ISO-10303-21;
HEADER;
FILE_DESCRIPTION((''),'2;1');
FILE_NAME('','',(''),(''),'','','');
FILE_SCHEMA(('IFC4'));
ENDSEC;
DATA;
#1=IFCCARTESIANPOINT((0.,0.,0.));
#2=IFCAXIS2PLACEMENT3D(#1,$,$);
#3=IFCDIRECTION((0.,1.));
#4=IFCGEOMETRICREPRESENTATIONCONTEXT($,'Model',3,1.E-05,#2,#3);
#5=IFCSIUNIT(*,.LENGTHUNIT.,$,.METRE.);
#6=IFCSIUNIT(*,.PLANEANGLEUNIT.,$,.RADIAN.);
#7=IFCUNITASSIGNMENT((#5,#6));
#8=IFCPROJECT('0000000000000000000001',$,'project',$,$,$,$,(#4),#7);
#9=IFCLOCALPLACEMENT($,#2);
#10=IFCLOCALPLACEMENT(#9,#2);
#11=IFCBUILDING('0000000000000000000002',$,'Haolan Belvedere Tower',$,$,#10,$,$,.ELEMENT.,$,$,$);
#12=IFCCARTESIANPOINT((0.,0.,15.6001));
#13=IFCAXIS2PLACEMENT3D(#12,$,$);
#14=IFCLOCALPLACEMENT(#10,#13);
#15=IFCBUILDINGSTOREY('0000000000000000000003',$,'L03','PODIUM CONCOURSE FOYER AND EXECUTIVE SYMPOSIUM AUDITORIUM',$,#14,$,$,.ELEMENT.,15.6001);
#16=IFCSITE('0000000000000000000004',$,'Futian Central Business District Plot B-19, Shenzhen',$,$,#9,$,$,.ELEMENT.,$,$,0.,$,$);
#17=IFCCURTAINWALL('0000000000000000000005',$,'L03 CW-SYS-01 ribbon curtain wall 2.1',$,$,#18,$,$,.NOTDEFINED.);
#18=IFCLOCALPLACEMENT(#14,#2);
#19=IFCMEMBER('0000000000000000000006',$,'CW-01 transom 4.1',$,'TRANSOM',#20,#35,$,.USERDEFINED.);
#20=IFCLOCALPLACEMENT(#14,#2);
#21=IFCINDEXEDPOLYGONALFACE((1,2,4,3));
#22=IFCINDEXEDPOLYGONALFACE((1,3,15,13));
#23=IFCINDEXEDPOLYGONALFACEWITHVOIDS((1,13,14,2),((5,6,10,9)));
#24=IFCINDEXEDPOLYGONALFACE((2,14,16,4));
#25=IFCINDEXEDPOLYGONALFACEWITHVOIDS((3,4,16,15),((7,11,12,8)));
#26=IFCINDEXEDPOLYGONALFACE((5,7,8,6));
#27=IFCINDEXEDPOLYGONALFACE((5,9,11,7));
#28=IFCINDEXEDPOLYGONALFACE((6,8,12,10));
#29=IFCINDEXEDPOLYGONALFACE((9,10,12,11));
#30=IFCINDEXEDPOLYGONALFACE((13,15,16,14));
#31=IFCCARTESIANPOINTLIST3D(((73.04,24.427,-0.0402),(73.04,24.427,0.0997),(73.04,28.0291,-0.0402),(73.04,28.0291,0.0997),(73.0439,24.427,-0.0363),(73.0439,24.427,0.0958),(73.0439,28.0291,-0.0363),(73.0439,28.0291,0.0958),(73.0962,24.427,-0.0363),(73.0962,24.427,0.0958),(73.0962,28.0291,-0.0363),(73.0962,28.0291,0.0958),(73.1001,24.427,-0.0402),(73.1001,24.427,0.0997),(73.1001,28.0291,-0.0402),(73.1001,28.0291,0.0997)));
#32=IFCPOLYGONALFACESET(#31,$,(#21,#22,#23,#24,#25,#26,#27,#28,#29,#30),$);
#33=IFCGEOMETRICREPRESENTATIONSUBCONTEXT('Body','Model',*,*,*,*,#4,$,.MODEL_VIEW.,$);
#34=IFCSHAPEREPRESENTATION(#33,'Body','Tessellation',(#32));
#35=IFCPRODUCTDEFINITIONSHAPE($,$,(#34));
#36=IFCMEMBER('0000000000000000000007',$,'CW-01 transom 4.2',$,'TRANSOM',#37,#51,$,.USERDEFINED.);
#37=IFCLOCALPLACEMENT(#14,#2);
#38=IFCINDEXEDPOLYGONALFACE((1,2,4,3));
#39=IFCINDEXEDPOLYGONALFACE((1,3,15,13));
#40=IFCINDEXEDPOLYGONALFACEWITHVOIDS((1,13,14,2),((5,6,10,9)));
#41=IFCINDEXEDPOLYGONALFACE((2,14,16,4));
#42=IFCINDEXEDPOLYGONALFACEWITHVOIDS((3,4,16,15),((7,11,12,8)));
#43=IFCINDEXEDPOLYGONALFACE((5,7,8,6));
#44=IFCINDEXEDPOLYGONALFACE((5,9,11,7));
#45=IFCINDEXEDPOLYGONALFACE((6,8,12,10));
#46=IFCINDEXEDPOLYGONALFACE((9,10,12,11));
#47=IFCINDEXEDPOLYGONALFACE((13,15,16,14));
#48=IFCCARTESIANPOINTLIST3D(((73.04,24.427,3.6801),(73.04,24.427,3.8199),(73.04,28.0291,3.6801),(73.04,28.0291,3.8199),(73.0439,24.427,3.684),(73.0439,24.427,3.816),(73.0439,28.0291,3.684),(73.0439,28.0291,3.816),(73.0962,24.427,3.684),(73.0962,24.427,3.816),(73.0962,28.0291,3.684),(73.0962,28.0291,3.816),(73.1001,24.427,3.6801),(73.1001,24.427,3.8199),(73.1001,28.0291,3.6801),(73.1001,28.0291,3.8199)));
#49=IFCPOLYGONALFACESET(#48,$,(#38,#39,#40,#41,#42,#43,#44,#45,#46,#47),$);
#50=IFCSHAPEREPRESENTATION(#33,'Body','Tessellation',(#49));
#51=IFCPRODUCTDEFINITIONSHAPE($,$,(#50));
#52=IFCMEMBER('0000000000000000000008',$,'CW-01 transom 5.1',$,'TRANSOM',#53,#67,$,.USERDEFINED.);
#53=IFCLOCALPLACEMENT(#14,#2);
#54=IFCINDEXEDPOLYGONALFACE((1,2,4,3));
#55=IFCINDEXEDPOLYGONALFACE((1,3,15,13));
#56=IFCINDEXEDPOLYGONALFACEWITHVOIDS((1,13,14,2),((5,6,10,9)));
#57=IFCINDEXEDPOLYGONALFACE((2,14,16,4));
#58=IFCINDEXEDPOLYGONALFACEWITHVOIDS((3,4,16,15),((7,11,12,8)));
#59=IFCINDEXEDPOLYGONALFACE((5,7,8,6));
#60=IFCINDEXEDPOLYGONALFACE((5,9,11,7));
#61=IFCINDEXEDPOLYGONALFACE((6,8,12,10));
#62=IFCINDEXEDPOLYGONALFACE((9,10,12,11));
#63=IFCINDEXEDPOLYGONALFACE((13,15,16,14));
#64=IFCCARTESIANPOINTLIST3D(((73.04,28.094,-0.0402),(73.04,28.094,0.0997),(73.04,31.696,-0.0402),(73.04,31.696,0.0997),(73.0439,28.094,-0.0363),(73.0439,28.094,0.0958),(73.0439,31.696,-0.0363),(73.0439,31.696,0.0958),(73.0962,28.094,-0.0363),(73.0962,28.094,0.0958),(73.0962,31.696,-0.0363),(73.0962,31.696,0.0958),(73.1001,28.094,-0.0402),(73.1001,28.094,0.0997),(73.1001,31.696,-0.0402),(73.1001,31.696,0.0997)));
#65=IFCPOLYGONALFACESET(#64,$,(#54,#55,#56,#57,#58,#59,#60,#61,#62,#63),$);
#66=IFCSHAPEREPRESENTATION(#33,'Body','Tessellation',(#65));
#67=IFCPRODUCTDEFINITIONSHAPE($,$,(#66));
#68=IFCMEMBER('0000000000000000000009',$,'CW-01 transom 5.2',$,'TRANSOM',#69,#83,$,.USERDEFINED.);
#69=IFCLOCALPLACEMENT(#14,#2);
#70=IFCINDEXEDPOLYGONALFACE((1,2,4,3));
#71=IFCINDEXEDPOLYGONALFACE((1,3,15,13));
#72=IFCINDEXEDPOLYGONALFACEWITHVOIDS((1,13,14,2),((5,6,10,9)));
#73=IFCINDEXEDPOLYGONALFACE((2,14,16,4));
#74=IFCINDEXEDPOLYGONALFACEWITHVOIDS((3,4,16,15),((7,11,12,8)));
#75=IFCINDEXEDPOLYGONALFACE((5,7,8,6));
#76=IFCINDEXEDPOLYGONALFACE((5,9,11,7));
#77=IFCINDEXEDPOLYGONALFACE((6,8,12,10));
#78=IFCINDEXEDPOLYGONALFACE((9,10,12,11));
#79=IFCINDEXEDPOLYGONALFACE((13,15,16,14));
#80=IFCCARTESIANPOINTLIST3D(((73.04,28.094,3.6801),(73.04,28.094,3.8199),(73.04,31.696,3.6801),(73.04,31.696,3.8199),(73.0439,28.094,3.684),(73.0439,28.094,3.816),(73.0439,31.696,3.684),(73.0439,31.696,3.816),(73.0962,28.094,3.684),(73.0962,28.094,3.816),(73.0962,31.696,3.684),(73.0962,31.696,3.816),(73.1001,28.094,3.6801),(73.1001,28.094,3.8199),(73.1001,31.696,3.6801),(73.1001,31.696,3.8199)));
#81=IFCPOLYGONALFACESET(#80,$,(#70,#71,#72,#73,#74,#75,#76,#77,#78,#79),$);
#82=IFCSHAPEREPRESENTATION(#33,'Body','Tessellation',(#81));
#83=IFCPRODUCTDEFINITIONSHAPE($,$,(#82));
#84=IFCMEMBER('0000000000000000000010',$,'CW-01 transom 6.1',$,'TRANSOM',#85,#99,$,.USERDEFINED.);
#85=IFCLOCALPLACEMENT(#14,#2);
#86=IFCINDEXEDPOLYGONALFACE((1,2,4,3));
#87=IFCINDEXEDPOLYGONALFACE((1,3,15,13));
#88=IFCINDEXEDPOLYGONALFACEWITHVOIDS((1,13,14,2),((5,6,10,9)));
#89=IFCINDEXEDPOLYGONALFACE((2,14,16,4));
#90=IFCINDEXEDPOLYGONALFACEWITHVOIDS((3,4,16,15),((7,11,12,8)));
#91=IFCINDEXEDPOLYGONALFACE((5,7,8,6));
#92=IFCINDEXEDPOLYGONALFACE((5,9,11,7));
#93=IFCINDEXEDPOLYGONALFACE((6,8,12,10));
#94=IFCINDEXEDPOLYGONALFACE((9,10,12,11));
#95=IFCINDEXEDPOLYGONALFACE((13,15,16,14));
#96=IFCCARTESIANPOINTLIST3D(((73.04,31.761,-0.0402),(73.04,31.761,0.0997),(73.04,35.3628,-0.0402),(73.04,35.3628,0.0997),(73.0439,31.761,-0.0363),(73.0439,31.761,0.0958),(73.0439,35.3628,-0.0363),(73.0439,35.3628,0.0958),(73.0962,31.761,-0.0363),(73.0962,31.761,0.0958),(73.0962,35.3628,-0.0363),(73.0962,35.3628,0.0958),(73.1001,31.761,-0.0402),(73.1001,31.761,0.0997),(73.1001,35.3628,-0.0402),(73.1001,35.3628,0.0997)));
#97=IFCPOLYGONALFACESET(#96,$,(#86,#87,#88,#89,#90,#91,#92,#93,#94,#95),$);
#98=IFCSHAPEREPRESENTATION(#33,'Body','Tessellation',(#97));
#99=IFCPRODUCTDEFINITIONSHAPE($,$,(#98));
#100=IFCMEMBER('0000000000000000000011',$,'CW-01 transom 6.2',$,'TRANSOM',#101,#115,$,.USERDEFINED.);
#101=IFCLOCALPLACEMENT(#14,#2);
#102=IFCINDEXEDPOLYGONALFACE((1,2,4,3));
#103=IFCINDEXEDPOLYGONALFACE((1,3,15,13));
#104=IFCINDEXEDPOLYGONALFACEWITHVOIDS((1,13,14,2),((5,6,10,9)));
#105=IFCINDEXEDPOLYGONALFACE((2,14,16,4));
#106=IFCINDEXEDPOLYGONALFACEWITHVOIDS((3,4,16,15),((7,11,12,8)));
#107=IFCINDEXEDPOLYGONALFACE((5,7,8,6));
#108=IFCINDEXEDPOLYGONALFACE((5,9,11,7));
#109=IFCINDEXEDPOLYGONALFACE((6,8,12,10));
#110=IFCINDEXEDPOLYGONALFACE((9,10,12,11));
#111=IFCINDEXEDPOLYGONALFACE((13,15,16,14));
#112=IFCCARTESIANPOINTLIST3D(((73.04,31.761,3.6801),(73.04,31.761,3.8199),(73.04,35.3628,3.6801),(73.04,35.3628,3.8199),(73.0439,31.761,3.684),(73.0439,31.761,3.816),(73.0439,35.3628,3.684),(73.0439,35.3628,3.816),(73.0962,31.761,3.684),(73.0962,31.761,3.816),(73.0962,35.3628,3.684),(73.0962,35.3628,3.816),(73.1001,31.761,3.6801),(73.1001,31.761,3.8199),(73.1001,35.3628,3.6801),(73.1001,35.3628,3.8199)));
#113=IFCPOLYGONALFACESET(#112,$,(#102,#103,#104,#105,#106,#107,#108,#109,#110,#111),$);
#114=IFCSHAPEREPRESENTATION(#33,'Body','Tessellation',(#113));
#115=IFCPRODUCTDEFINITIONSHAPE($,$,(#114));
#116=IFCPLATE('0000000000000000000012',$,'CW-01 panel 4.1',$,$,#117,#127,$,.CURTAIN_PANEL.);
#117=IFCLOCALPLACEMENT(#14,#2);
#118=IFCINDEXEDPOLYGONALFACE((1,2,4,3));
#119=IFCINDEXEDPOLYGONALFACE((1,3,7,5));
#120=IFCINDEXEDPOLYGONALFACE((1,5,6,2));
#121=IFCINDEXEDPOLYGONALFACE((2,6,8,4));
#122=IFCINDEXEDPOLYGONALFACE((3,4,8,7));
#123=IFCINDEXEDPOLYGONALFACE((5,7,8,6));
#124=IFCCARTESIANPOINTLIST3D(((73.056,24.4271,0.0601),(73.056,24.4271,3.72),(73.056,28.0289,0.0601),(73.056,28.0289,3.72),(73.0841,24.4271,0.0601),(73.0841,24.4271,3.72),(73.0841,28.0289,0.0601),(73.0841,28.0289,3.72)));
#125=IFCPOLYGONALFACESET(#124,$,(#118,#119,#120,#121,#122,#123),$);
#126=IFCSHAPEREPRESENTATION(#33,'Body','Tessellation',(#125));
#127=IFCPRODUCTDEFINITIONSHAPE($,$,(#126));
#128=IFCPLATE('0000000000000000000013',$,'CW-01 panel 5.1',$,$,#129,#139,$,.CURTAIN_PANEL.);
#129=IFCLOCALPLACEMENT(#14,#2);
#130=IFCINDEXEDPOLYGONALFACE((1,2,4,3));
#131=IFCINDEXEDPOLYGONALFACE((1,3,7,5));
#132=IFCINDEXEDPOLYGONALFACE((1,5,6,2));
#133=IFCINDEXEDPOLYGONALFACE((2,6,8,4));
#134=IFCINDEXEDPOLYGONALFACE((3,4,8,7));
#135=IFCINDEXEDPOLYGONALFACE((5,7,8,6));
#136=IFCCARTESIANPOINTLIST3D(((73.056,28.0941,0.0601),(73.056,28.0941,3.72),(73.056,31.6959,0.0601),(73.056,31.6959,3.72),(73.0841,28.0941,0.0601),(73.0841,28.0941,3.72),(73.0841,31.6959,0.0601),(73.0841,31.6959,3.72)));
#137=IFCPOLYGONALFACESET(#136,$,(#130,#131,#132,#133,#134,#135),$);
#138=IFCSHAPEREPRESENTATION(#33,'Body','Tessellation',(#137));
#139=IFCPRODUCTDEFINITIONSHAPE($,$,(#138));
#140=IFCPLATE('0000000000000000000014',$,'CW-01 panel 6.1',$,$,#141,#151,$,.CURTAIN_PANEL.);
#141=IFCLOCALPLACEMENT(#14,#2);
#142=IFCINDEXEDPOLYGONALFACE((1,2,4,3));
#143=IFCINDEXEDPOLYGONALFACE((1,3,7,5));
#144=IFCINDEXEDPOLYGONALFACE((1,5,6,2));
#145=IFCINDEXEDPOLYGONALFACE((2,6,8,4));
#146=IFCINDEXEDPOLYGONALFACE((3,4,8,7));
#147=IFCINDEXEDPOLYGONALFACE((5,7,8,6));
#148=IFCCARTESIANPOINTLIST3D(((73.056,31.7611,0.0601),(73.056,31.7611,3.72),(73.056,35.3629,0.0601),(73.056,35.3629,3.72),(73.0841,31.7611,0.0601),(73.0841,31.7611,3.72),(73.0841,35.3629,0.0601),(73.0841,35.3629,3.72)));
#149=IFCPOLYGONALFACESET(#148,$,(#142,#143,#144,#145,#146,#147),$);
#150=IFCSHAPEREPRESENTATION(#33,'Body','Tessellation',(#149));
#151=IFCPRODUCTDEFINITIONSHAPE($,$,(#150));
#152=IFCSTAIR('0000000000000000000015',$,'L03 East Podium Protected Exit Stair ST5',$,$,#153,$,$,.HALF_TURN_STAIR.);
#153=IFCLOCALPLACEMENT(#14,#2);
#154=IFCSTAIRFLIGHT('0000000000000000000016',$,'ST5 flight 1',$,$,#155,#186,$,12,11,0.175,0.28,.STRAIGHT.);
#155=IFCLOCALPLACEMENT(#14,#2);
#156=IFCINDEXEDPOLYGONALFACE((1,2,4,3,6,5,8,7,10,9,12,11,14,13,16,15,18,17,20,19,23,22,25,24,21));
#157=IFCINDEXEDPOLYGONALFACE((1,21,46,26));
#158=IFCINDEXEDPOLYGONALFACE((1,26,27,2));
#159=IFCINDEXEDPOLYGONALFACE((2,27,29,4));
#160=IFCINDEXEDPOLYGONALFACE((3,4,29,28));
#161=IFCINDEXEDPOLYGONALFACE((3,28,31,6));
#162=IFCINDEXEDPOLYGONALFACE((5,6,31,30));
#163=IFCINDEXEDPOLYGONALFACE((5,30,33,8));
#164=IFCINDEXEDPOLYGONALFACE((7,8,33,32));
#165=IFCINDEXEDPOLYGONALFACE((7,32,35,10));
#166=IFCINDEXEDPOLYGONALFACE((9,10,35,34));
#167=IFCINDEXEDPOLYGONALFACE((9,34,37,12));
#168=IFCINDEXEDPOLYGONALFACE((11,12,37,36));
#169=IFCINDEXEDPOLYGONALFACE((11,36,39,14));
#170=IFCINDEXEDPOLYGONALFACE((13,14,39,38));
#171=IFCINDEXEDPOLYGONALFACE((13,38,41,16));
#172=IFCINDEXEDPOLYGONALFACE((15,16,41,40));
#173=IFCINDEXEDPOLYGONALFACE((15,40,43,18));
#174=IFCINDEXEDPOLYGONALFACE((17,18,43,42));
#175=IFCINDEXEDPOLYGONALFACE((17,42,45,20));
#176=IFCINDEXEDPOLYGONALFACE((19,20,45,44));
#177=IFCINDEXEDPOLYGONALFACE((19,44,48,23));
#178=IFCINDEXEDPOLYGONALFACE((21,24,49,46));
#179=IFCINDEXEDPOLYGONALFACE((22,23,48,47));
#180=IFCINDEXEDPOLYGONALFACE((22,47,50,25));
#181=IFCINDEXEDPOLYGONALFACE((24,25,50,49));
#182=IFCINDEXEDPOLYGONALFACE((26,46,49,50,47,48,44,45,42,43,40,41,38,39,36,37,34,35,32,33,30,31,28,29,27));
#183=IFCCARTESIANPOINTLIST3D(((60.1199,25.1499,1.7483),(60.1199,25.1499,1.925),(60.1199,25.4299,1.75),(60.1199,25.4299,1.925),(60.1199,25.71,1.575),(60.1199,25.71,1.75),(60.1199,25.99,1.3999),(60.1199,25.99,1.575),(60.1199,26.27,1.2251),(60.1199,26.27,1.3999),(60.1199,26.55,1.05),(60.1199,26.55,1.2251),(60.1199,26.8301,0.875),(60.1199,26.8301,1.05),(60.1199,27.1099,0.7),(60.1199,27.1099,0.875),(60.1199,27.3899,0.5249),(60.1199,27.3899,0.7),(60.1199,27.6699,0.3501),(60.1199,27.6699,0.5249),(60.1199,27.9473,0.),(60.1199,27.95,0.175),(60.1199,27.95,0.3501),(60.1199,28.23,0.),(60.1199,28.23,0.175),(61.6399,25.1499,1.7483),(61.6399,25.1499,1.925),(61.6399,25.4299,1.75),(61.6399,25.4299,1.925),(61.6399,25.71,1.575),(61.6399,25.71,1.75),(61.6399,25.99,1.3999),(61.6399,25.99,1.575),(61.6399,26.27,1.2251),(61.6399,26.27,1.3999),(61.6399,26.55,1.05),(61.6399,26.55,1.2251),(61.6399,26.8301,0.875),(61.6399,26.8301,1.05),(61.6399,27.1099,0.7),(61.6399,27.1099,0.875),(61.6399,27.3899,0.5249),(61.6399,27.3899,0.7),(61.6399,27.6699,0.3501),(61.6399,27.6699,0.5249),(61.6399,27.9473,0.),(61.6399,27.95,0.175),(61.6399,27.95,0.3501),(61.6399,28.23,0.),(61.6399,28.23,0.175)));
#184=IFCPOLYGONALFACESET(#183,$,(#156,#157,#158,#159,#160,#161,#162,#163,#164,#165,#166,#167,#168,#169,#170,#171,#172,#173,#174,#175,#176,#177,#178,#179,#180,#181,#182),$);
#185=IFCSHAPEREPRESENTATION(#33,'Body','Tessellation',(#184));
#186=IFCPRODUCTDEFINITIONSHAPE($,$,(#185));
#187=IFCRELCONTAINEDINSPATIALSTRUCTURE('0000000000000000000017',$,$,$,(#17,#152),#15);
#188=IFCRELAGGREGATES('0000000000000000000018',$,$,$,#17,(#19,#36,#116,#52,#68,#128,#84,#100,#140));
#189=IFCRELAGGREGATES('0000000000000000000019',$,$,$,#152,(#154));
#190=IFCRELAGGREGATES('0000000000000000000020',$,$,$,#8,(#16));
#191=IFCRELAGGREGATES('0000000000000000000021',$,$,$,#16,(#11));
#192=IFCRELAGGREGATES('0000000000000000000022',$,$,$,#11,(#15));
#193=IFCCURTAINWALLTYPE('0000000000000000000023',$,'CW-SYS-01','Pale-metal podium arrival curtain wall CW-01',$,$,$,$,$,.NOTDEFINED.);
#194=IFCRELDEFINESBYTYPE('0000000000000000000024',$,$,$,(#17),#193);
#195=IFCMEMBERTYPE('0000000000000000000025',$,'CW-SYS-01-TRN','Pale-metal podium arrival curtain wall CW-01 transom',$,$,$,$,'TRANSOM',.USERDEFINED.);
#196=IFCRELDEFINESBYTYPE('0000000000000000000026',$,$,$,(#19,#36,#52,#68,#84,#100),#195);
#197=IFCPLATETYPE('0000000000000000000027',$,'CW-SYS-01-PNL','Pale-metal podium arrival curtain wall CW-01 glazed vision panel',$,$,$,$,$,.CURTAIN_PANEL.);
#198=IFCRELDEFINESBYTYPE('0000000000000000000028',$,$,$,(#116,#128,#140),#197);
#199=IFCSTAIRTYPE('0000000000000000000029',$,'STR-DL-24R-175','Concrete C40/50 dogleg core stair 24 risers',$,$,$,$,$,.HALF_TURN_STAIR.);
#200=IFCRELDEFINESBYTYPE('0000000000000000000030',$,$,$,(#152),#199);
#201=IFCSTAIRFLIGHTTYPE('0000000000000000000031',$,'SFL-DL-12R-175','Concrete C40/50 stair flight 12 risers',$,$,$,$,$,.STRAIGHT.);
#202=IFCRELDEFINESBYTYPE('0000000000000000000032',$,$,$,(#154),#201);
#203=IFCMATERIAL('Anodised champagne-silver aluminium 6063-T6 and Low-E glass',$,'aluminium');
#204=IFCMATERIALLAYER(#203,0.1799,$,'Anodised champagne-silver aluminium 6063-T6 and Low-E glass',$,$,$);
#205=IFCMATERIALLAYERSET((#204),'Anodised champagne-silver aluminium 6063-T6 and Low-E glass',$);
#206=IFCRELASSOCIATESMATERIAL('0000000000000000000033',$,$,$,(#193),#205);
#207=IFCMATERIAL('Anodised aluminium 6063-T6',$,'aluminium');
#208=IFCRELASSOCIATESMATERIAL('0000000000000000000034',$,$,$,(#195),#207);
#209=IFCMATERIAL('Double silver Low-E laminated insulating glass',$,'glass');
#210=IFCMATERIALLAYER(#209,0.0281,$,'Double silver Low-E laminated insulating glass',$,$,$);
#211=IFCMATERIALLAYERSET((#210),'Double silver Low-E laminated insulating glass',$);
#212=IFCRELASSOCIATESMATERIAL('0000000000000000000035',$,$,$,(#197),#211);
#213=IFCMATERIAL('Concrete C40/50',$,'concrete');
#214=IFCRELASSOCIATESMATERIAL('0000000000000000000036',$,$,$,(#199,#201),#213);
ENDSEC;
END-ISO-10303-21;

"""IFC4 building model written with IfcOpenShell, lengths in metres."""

from ifc_helpers import new_model, si_unit, direction, frame, origin, origin_2d, place, context, subcontext, project, spatial, polyline, rectangle, hollow_rectangle, outline, extrude, material, layer, layer_set, material_profile, profile_set, type_object, element, aggregate, save


model = new_model("IFC4")

# Units and contexts
model_context = context("Model", 3, precision=1e-05, world=origin(), true_north=direction((0.0, 1.0)))
body_context = subcontext(model_context, "Body", "Model", "MODEL_VIEW")
ifc_project = project(units=[si_unit("LENGTHUNIT", "METRE"), si_unit("PLANEANGLEUNIT", "RADIAN")], contexts=[model_context])

# Site, building, storey
site_placement = place(None, origin())
site = spatial("IfcSite", under=ifc_project, at=site_placement, Name="Futian Central Business District Plot B-19, Shenzhen", CompositionType="ELEMENT", RefElevation=0.0)
building_placement = place(site_placement, origin())
building = spatial("IfcBuilding", under=site, at=building_placement, Name="Haolan Belvedere Tower", CompositionType="ELEMENT")
storey_placement = place(building_placement, frame((0.0, 0.0, 15.6001)))
storey = spatial("IfcBuildingStorey", under=building, at=storey_placement, Name="L03", Description="PODIUM CONCOURSE FOYER AND EXECUTIVE SYMPOSIUM AUDITORIUM", CompositionType="ELEMENT", Elevation=15.6001)

# Curtain wall, members, plates
ifc_material_1 = material(Name="Anodised champagne-silver aluminium 6063-T6 and Low-E glass", Category="aluminium")
ifc_layer_1 = layer(ifc_material_1, 0.1799, Name="Anodised champagne-silver aluminium 6063-T6 and Low-E glass")
ifc_layer_set_1 = layer_set([ifc_layer_1], Name="Anodised champagne-silver aluminium 6063-T6 and Low-E glass")
curtain_wall_type = type_object("IfcCurtainWallType", Name="CW-SYS-01", Description="Pale-metal podium arrival curtain wall CW-01", PredefinedType="NOTDEFINED", material=ifc_layer_set_1)
curtain_wall_placement = place(storey_placement, origin())
curtain_wall = element("IfcCurtainWall", 1, at=curtain_wall_placement, inside=storey, type_object=curtain_wall_type, Name="L03 CW-SYS-01 ribbon curtain wall 2.1", PredefinedType="NOTDEFINED")
ifc_material_2 = material(Name="Anodised aluminium 6063-T6", Category="aluminium")
ifc_material_profile_1 = material_profile(ifc_material_2, hollow_rectangle(XDim=0.0601, YDim=0.1399, WallThickness=0.0039, at=origin_2d()), Name="Anodised aluminium 6063-T6")
ifc_profile_set_1 = profile_set([ifc_material_profile_1], Name="Anodised aluminium 6063-T6")
member_type_1 = type_object("IfcMemberType", Name="CW-SYS-01-TRN", Description="Pale-metal podium arrival curtain wall CW-01 transom", ElementType="TRANSOM", PredefinedType="USERDEFINED", material=ifc_profile_set_1)
member_1_placement = place(storey_placement, frame((73.0701, 24.427, 0.0298), z_axis=(0.0, 1.0, 0.0), x_axis=(-1.0, 0.0, 0.0)))
member_1 = element("IfcMember", 2, at=member_1_placement, type_object=member_type_1, Name="CW-01 transom 4.1", ObjectType="TRANSOM", PredefinedType="USERDEFINED", context=body_context, shape_type="SweptSolid", body=[
    extrude(hollow_rectangle(XDim=0.0601, YDim=0.1399, WallThickness=0.0039, at=origin_2d()), origin(), (0.0, 0.0, 1.0), 3.6021),
])
member_2_placement = place(storey_placement, frame((73.0701, 24.427, 3.75), z_axis=(0.0, 1.0, 0.0), x_axis=(-1.0, 0.0, 0.0)))
member_2 = element("IfcMember", 3, at=member_2_placement, type_object=member_type_1, Name="CW-01 transom 4.2", ObjectType="TRANSOM", PredefinedType="USERDEFINED", context=body_context, shape_type="SweptSolid", body=[
    extrude(hollow_rectangle(XDim=0.0601, YDim=0.1399, WallThickness=0.0039, at=origin_2d()), origin(), (0.0, 0.0, 1.0), 3.6021),
])
member_3_placement = place(storey_placement, frame((73.0701, 28.094, 0.0298), z_axis=(0.0, 1.0, 0.0), x_axis=(-1.0, 0.0, 0.0)))
member_3 = element("IfcMember", 4, at=member_3_placement, type_object=member_type_1, Name="CW-01 transom 5.1", ObjectType="TRANSOM", PredefinedType="USERDEFINED", context=body_context, shape_type="SweptSolid", body=[
    extrude(hollow_rectangle(XDim=0.0601, YDim=0.1399, WallThickness=0.0039, at=origin_2d()), origin(), (0.0, 0.0, 1.0), 3.6021),
])
member_4_placement = place(storey_placement, frame((73.0701, 28.094, 3.75), z_axis=(0.0, 1.0, 0.0), x_axis=(-1.0, 0.0, 0.0)))
member_4 = element("IfcMember", 5, at=member_4_placement, type_object=member_type_1, Name="CW-01 transom 5.2", ObjectType="TRANSOM", PredefinedType="USERDEFINED", context=body_context, shape_type="SweptSolid", body=[
    extrude(hollow_rectangle(XDim=0.0601, YDim=0.1399, WallThickness=0.0039, at=origin_2d()), origin(), (0.0, 0.0, 1.0), 3.6021),
])
member_5_placement = place(storey_placement, frame((73.0701, 31.761, 0.0298), z_axis=(0.0, 1.0, 0.0), x_axis=(-1.0, 0.0, 0.0)))
member_5 = element("IfcMember", 6, at=member_5_placement, type_object=member_type_1, Name="CW-01 transom 6.1", ObjectType="TRANSOM", PredefinedType="USERDEFINED", context=body_context, shape_type="SweptSolid", body=[
    extrude(hollow_rectangle(XDim=0.0601, YDim=0.1399, WallThickness=0.0039, at=origin_2d()), origin(), (0.0, 0.0, 1.0), 3.6018),
])
member_6_placement = place(storey_placement, frame((73.0701, 31.761, 3.75), z_axis=(0.0, 1.0, 0.0), x_axis=(-1.0, 0.0, 0.0)))
member_6 = element("IfcMember", 7, at=member_6_placement, type_object=member_type_1, Name="CW-01 transom 6.2", ObjectType="TRANSOM", PredefinedType="USERDEFINED", context=body_context, shape_type="SweptSolid", body=[
    extrude(hollow_rectangle(XDim=0.0601, YDim=0.1399, WallThickness=0.0039, at=origin_2d()), origin(), (0.0, 0.0, 1.0), 3.6018),
])
ifc_material_3 = material(Name="Double silver Low-E laminated insulating glass", Category="glass")
ifc_layer_2 = layer(ifc_material_3, 0.0281, Name="Double silver Low-E laminated insulating glass")
ifc_layer_set_2 = layer_set([ifc_layer_2], Name="Double silver Low-E laminated insulating glass")
plate_type = type_object("IfcPlateType", Name="CW-SYS-01-PNL", Description="Pale-metal podium arrival curtain wall CW-01 glazed vision panel", PredefinedType="CURTAIN_PANEL", material=ifc_layer_set_2)
plate_1_placement = place(storey_placement, frame((73.0701, 26.228, 0.0601), z_axis=(0.0, 0.0, 1.0), x_axis=(0.0, 1.0, 0.0)))
plate_1 = element("IfcPlate", 8, at=plate_1_placement, type_object=plate_type, Name="CW-01 panel 4.1", PredefinedType="CURTAIN_PANEL", context=body_context, shape_type="SweptSolid", body=[
    extrude(rectangle(XDim=3.6018, YDim=0.0281, at=origin_2d()), origin(), (0.0, 0.0, 1.0), 3.6599),
])
plate_2_placement = place(storey_placement, frame((73.0701, 29.895, 0.0601), z_axis=(0.0, 0.0, 1.0), x_axis=(0.0, 1.0, 0.0)))
plate_2 = element("IfcPlate", 9, at=plate_2_placement, type_object=plate_type, Name="CW-01 panel 5.1", PredefinedType="CURTAIN_PANEL", context=body_context, shape_type="SweptSolid", body=[
    extrude(rectangle(XDim=3.6018, YDim=0.0281, at=origin_2d()), origin(), (0.0, 0.0, 1.0), 3.6599),
])
plate_3_placement = place(storey_placement, frame((73.0701, 33.562, 0.0601), z_axis=(0.0, 0.0, 1.0), x_axis=(0.0, 1.0, 0.0)))
plate_3 = element("IfcPlate", 10, at=plate_3_placement, type_object=plate_type, Name="CW-01 panel 6.1", PredefinedType="CURTAIN_PANEL", context=body_context, shape_type="SweptSolid", body=[
    extrude(rectangle(XDim=3.6018, YDim=0.0281, at=origin_2d()), origin(), (0.0, 0.0, 1.0), 3.6599),
])
aggregate(curtain_wall, [member_1, member_2, plate_1, member_3, member_4, plate_2, member_5, member_6, plate_3])

# Stair, stair flight
ifc_material_4 = material(Name="Concrete C40/50", Category="concrete")
stair_type = type_object("IfcStairType", Name="STR-DL-24R-175", Description="Concrete C40/50 dogleg core stair 24 risers", PredefinedType="HALF_TURN_STAIR", material=ifc_material_4)
stair_placement = place(storey_placement, origin())
stair = element("IfcStair", 11, at=stair_placement, inside=storey, type_object=stair_type, Name="L03 East Podium Protected Exit Stair ST5", PredefinedType="HALF_TURN_STAIR")
stair_flight_type = type_object("IfcStairFlightType", Name="SFL-DL-12R-175", Description="Concrete C40/50 stair flight 12 risers", PredefinedType="STRAIGHT", material=ifc_material_4)
stair_flight_1_placement = place(storey_placement, frame((60.8799, 28.23, 0.0), z_axis=(0.0, 0.0, 1.0), x_axis=(0.0, -1.0, 0.0)))
stair_flight_1 = element("IfcStairFlight", 12, at=stair_flight_1_placement, type_object=stair_flight_type, Name="ST5 flight 1", NumberOfRisers=12, NumberOfTreads=11, PredefinedType="STRAIGHT", RiserHeight=0.175, TreadLength=0.28, context=body_context, shape_type="SweptSolid", body=[
    extrude(outline(polyline([(0.0, 0.0), (0.0, 0.175), (0.28, 0.175), (0.28, 0.3501), (0.5601, 0.3501), (0.5601, 0.5249), (0.8401, 0.5249), (0.8401, 0.7), (1.1201, 0.7), (1.1201, 0.875), (1.3999, 0.875), (1.3999, 1.05), (1.6799, 1.05), (1.6799, 1.2251), (1.96, 1.2251), (1.96, 1.3999), (2.24, 1.3999), (2.24, 1.575), (2.52, 1.575), (2.52, 1.75), (2.8, 1.75), (2.8, 1.925), (3.0801, 1.925), (3.0801, 2.1001), (3.0801, 1.7483), (0.2827, 0.0), (0.0, 0.0)])), frame((0.0, 0.76, 0.0), z_axis=(0.0, -1.0, 0.0), x_axis=(1.0, 0.0, 0.0)), (0.0, 0.0, 1.0), 1.52),
])
aggregate(stair, [stair_flight_1])

save(model, "model.ifc")
